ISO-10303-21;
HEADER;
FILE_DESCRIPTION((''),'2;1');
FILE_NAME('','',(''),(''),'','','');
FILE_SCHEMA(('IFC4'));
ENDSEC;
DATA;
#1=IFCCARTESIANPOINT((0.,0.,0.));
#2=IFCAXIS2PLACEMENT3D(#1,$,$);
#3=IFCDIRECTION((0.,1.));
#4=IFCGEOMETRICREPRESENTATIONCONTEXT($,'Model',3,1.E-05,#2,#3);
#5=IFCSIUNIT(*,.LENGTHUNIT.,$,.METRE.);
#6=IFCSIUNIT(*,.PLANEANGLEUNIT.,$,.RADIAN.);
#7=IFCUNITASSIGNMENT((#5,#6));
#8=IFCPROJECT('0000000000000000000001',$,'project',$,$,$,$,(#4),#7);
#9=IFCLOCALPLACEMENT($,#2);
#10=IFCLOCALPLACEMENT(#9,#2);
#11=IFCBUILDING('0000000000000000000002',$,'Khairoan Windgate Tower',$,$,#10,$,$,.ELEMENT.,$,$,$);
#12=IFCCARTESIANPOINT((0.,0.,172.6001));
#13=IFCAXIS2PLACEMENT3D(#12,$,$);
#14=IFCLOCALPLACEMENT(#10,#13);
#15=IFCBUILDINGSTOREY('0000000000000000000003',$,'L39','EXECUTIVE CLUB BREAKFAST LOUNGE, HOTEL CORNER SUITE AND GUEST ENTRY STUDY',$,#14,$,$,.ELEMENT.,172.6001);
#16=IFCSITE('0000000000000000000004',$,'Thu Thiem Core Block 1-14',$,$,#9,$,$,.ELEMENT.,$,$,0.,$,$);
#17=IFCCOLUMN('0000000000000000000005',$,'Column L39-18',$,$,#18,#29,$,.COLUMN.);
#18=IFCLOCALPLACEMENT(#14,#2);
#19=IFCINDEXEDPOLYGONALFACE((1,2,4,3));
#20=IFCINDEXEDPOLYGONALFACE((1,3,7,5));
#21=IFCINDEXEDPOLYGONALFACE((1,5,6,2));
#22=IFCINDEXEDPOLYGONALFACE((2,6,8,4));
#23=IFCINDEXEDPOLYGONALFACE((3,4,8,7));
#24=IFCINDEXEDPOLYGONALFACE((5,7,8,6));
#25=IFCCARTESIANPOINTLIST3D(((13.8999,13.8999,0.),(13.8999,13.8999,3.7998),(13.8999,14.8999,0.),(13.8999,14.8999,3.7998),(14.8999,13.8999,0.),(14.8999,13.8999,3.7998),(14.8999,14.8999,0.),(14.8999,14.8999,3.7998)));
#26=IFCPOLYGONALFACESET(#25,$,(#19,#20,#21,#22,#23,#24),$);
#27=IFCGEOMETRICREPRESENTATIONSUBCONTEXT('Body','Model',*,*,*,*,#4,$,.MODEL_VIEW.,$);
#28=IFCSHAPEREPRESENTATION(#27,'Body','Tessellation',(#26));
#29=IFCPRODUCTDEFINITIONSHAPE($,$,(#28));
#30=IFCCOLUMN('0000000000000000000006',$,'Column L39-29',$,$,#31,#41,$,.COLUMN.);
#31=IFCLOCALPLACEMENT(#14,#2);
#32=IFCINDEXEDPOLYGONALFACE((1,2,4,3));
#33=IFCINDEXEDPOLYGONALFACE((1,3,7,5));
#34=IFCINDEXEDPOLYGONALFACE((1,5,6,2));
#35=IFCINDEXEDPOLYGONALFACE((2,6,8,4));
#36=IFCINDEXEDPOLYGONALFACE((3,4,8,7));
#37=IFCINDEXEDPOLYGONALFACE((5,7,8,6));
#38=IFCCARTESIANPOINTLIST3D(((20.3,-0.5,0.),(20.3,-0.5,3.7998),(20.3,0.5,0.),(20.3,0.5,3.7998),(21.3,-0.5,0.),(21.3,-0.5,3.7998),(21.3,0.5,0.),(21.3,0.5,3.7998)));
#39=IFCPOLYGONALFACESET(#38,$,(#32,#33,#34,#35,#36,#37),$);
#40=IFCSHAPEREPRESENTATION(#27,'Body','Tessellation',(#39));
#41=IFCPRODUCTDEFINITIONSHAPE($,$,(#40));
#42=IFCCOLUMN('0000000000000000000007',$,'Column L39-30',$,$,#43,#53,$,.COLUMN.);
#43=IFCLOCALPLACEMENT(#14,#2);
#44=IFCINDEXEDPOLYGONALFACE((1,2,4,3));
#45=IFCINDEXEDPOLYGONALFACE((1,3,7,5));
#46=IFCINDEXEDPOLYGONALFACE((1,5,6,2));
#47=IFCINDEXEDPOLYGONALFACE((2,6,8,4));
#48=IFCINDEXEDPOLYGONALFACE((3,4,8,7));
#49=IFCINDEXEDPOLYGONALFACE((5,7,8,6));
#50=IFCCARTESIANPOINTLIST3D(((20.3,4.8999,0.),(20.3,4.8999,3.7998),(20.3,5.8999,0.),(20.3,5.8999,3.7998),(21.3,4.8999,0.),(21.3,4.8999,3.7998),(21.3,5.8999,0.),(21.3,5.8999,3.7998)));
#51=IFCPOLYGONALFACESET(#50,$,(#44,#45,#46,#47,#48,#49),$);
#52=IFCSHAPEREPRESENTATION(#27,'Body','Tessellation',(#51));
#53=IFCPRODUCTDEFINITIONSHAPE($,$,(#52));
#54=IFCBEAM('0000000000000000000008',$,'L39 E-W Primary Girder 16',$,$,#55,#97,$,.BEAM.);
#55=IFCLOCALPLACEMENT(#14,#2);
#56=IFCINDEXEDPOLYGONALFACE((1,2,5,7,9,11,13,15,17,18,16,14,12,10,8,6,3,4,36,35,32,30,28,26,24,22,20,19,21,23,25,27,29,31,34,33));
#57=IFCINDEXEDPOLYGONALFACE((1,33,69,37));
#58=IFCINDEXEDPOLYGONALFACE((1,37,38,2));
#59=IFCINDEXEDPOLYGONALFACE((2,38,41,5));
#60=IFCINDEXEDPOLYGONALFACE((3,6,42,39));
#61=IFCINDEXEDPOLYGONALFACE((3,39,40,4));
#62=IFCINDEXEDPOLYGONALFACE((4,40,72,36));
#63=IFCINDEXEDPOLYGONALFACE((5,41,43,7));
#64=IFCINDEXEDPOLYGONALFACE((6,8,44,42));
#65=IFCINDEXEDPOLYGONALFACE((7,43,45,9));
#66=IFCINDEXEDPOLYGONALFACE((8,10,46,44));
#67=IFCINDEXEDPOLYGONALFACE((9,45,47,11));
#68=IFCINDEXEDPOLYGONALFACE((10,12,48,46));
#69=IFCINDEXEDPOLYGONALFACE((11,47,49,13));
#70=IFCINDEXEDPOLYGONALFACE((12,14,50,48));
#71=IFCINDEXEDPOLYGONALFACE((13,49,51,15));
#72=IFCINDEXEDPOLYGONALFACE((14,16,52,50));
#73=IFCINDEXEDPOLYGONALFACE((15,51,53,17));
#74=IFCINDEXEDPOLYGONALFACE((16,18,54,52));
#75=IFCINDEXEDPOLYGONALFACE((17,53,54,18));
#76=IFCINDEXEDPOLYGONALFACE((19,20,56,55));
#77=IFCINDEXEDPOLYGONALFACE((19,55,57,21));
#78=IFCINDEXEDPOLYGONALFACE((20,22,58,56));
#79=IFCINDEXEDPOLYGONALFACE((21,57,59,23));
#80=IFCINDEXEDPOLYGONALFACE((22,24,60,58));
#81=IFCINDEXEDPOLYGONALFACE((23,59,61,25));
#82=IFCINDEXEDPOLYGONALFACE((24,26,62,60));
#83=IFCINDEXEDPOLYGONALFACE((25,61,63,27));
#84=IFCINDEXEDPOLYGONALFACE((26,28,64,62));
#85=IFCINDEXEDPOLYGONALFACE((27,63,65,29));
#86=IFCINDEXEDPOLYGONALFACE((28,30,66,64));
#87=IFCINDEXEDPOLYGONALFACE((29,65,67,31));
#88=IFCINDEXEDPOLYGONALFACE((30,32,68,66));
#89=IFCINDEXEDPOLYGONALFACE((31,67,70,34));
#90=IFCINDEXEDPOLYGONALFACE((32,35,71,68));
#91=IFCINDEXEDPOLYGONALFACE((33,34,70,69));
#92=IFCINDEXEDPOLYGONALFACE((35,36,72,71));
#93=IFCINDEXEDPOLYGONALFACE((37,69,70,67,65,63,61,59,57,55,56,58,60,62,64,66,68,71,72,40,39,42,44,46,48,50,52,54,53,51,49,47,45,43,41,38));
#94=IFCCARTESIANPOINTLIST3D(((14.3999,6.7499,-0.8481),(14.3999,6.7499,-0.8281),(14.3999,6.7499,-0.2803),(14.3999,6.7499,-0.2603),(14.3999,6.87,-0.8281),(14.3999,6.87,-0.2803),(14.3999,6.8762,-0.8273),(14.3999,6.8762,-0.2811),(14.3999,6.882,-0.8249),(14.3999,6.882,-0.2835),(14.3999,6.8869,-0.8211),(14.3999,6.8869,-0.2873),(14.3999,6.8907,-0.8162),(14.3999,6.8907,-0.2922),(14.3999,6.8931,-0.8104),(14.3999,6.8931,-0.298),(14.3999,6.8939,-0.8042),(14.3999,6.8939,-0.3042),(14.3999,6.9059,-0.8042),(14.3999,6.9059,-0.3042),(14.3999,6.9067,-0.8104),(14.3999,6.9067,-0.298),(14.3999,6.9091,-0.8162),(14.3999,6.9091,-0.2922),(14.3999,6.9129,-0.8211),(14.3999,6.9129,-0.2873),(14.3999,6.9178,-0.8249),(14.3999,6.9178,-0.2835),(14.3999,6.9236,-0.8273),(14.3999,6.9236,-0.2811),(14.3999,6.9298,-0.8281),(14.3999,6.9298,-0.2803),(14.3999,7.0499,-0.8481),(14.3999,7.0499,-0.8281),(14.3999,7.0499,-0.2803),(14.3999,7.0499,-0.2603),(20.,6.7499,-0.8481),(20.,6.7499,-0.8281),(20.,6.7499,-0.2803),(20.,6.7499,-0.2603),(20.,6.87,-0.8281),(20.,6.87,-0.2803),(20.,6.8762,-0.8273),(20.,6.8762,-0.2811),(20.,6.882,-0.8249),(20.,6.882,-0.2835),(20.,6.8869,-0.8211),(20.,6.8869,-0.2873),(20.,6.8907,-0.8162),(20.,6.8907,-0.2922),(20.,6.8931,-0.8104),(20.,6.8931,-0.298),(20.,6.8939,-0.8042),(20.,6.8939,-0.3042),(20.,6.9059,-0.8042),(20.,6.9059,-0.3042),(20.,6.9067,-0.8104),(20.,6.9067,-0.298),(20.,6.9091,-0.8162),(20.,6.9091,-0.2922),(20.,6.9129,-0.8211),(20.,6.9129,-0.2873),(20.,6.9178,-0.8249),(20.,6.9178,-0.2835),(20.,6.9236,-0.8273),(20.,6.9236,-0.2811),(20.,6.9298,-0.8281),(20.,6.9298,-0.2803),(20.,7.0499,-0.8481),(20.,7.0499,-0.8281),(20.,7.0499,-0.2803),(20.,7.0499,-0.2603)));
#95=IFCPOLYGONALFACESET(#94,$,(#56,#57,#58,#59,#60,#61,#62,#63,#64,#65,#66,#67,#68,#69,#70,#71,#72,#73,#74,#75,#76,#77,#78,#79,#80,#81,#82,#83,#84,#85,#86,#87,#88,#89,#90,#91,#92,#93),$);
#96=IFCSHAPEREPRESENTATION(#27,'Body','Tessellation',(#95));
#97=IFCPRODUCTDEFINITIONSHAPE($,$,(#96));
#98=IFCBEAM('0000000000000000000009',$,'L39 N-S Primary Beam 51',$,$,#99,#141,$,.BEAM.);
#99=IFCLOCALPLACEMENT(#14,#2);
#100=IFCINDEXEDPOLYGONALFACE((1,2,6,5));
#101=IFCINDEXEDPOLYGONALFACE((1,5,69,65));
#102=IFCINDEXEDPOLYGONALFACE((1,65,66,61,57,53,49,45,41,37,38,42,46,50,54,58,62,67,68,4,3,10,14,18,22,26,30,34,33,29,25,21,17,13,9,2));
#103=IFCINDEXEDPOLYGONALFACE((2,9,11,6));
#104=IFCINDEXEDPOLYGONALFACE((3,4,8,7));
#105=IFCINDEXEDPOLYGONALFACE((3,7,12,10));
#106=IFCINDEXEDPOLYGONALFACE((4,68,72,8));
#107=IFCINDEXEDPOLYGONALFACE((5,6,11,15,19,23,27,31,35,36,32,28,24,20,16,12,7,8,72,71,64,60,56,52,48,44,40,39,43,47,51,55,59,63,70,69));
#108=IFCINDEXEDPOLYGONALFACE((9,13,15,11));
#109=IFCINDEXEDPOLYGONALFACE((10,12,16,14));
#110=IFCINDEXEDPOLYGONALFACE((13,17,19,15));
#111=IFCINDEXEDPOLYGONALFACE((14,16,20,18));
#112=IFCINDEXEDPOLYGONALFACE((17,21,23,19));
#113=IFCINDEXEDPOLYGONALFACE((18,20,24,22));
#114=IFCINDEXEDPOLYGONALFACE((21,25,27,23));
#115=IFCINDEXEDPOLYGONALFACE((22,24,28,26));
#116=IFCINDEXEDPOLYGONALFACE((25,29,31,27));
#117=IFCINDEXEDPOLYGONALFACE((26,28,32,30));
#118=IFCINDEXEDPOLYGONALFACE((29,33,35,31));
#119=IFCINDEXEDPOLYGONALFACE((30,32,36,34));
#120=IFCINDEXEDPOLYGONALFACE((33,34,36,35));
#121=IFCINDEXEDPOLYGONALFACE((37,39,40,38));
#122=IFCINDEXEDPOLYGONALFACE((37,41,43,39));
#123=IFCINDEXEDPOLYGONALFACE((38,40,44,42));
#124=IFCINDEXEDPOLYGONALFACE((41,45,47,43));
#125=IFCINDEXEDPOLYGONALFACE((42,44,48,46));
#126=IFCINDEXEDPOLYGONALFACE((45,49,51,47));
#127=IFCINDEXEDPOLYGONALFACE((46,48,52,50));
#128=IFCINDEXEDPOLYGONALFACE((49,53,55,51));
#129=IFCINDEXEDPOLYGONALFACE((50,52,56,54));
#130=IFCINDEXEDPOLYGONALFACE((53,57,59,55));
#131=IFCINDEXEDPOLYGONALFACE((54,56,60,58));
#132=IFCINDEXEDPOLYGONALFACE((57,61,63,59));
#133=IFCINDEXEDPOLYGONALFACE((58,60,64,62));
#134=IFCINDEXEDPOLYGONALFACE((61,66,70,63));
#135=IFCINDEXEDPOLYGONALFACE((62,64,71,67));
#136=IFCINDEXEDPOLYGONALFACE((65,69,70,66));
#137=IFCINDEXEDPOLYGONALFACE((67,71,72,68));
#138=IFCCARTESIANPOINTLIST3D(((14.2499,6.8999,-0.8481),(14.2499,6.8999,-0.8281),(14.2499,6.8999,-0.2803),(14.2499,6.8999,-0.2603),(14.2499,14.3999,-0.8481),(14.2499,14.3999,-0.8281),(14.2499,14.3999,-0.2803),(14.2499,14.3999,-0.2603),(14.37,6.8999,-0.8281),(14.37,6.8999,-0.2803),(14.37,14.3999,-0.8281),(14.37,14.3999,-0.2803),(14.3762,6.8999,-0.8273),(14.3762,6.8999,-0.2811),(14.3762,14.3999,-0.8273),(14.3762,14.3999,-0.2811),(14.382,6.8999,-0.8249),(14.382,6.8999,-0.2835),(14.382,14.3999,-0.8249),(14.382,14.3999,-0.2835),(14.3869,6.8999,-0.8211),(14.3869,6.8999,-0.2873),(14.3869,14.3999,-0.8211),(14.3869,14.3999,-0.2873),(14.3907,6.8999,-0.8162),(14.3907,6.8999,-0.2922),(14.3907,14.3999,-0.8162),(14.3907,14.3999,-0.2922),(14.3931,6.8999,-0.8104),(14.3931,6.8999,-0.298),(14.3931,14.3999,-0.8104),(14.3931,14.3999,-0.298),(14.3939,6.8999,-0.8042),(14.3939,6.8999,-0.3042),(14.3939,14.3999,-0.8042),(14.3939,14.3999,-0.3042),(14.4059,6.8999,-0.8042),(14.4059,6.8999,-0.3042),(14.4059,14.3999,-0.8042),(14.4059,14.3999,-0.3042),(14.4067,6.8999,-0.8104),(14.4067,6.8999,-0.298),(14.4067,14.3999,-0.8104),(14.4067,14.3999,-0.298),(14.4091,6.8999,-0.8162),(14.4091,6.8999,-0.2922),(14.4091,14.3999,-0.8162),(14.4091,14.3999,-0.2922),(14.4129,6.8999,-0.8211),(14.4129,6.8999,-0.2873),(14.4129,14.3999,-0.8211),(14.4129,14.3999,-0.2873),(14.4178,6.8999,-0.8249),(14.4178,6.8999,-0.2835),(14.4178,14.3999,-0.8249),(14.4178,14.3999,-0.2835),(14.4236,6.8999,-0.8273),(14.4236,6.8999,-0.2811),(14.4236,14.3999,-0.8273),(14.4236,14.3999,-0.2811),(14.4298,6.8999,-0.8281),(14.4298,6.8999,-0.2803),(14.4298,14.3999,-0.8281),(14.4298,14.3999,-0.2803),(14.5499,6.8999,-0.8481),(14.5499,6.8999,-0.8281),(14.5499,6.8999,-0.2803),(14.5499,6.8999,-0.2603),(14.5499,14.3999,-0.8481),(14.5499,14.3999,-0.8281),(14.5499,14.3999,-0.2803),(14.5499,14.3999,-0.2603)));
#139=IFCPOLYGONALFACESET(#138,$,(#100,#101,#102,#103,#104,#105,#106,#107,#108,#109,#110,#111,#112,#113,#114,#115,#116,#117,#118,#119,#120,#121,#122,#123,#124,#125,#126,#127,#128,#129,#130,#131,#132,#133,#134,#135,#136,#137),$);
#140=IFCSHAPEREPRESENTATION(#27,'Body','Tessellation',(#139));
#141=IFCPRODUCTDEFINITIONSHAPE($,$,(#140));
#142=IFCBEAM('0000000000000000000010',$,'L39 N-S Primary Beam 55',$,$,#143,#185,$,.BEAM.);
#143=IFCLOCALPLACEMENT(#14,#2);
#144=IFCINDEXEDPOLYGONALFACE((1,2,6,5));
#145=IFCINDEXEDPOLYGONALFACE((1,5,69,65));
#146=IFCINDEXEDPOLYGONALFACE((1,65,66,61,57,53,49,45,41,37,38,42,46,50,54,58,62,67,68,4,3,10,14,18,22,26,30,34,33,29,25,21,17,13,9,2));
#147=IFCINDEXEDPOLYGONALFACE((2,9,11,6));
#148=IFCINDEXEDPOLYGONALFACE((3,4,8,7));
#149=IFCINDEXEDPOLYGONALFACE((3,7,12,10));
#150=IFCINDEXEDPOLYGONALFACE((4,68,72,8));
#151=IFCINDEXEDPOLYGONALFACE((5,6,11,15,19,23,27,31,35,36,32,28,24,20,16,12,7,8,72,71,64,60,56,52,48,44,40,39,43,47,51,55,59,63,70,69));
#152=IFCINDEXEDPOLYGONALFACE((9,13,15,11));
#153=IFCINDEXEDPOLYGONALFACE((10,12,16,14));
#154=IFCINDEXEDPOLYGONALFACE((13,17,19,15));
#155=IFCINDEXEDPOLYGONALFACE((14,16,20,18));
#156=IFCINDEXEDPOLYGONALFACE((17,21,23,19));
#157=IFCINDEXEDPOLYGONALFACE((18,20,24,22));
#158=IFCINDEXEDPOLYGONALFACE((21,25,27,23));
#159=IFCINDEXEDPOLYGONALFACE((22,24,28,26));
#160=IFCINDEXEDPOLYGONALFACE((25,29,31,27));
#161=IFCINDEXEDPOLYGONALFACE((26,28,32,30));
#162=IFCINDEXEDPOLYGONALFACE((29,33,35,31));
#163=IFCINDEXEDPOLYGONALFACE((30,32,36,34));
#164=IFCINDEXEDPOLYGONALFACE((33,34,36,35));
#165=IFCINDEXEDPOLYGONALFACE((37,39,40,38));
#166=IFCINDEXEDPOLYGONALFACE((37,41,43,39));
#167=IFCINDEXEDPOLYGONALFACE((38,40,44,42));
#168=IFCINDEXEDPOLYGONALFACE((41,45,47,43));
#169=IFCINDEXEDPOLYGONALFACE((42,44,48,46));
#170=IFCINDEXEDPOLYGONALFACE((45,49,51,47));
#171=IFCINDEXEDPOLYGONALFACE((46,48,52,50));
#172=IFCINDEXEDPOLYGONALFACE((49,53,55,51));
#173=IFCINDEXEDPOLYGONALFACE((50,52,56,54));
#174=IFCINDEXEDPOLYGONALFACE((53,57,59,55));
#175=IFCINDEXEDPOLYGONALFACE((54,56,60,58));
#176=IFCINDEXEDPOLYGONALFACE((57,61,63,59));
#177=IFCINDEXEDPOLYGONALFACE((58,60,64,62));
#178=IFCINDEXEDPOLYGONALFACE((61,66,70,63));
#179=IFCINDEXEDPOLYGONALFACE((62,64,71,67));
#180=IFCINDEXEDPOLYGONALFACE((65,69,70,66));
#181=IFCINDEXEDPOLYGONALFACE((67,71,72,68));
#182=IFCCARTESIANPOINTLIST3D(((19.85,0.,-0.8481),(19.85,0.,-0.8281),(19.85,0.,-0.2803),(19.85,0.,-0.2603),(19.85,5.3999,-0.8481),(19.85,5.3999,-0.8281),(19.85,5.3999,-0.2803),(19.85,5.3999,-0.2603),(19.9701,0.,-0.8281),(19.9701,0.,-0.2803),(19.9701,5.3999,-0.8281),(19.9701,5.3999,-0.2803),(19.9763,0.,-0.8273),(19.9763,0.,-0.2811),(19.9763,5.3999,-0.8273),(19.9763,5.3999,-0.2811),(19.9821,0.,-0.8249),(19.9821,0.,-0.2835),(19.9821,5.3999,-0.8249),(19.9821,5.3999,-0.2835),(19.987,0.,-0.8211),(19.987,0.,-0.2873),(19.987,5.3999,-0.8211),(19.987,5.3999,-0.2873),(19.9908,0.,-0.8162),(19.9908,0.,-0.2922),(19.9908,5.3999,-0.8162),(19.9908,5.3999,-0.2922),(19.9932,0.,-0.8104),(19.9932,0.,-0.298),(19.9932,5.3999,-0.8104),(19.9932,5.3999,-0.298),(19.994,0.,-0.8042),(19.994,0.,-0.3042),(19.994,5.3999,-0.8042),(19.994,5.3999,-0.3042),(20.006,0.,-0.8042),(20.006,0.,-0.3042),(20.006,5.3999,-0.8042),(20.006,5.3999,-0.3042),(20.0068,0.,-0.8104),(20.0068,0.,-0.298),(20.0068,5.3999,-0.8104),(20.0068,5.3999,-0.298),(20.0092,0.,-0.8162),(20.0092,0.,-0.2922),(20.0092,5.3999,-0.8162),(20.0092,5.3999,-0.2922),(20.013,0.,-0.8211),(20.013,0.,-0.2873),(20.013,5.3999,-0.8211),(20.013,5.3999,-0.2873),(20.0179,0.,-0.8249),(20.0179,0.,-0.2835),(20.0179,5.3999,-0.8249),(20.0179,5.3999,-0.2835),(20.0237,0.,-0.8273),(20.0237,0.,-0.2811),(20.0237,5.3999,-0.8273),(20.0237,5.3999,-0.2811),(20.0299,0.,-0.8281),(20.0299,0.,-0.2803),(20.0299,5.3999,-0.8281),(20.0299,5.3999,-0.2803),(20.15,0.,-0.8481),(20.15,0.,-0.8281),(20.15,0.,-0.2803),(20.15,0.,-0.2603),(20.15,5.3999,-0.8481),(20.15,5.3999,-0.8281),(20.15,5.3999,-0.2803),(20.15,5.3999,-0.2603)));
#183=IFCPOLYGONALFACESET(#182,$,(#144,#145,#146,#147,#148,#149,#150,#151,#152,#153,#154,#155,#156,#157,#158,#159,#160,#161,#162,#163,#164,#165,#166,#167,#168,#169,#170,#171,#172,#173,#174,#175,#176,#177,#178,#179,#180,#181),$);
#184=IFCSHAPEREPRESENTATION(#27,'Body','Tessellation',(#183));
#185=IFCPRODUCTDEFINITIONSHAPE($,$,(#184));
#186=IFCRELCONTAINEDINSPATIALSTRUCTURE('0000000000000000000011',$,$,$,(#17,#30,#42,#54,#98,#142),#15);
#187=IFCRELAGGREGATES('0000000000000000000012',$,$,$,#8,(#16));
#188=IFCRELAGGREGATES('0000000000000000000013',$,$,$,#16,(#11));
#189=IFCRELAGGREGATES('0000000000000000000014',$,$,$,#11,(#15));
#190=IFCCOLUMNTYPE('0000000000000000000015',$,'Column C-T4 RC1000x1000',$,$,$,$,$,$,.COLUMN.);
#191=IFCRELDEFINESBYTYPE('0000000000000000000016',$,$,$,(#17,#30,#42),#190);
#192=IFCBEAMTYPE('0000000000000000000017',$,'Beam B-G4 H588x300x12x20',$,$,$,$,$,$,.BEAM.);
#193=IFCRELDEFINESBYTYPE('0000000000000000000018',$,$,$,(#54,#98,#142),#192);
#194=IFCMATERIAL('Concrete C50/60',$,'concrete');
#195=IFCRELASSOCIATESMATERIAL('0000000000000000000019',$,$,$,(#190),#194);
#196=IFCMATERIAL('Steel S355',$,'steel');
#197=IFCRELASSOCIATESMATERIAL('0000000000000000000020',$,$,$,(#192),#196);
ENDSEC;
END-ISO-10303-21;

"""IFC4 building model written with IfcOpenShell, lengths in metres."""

from ifc_helpers import new_model, si_unit, direction, frame, origin, origin_2d, place, context, subcontext, project, spatial, rectangle, i_section, extrude, material, material_profile, profile_set, type_object, element, save


model = new_model("IFC4")

# Units and contexts
model_context = context("Model", 3, precision=1e-05, world=origin(), true_north=direction((0.0, 1.0)))
body_context = subcontext(model_context, "Body", "Model", "MODEL_VIEW")
ifc_project = project(units=[si_unit("LENGTHUNIT", "METRE"), si_unit("PLANEANGLEUNIT", "RADIAN")], contexts=[model_context])

# Site, building, storey
site_placement = place(None, origin())
site = spatial("IfcSite", under=ifc_project, at=site_placement, Name="Thu Thiem Core Block 1-14", CompositionType="ELEMENT", RefElevation=0.0)
building_placement = place(site_placement, origin())
building = spatial("IfcBuilding", under=site, at=building_placement, Name="Khairoan Windgate Tower", CompositionType="ELEMENT")
storey_placement = place(building_placement, frame((0.0, 0.0, 172.6001)))
storey = spatial("IfcBuildingStorey", under=building, at=storey_placement, Name="L39", Description="EXECUTIVE CLUB BREAKFAST LOUNGE, HOTEL CORNER SUITE AND GUEST ENTRY STUDY", CompositionType="ELEMENT", Elevation=172.6001)

# Columns
ifc_material_1 = material(Name="Concrete C50/60", Category="concrete")
ifc_material_profile_1 = material_profile(ifc_material_1, rectangle(XDim=1.0, YDim=1.0, at=origin_2d()))
ifc_profile_set_1 = profile_set([ifc_material_profile_1], Name="Concrete C50/60")
column_type = type_object("IfcColumnType", Name="Column C-T4 RC1000x1000", PredefinedType="COLUMN", material=ifc_profile_set_1)
for number, where, z_axis, x_axis, name in (
    (1, (14.3999, 14.3999, 0.0), (0.0, 0.0, 1.0), (1.0, 0.0, 0.0), "Column L39-18"),
    (2, (20.8, 0.0, 0.0), (0.0, 0.0, 1.0), (1.0, 0.0, 0.0), "Column L39-29"),
    (3, (20.8, 5.3999, 0.0), (0.0, 0.0, 1.0), (1.0, 0.0, 0.0), "Column L39-30"),
):
    element("IfcColumn", number, at=place(storey_placement, frame(where, z_axis=z_axis, x_axis=x_axis)), inside=storey, type_object=column_type, Name=name, PredefinedType="COLUMN", context=body_context, shape_type="SweptSolid", body=[
        extrude(rectangle(XDim=1.0, YDim=1.0, at=origin_2d()), origin(), (0.0, 0.0, 1.0), 3.7998),
    ])

# Beams
ifc_material_2 = material(Name="Steel S355", Category="steel")
ifc_material_profile_2 = material_profile(ifc_material_2, i_section(OverallWidth=0.3, OverallDepth=0.5879, WebThickness=0.012, FlangeThickness=0.02, FilletRadius=0.0239, at=origin_2d()))
ifc_profile_set_2 = profile_set([ifc_material_profile_2], Name="Steel S355")
beam_type_1 = type_object("IfcBeamType", Name="Beam B-G4 H588x300x12x20", PredefinedType="BEAM", material=ifc_profile_set_2)
beam_1_placement = place(storey_placement, frame((14.3999, 6.8999, -0.5542), z_axis=(1.0, 0.0, 0.0), x_axis=(0.0, 1.0, 0.0)))
element("IfcBeam", 4, at=beam_1_placement, inside=storey, type_object=beam_type_1, Name="L39 E-W Primary Girder 16", PredefinedType="BEAM", context=body_context, shape_type="SweptSolid", body=[
    extrude(i_section(OverallWidth=0.3, OverallDepth=0.5879, WebThickness=0.012, FlangeThickness=0.02, FilletRadius=0.0239, at=origin_2d()), origin(), (0.0, 0.0, 1.0), 5.6001),
])
beam_2_placement = place(storey_placement, frame((14.3999, 6.8999, -0.5542), z_axis=(0.0, 1.0, 0.0), x_axis=(-1.0, 0.0, 0.0)))
element("IfcBeam", 5, at=beam_2_placement, inside=storey, type_object=beam_type_1, Name="L39 N-S Primary Beam 51", PredefinedType="BEAM", context=body_context, shape_type="SweptSolid", body=[
    extrude(i_section(OverallWidth=0.3, OverallDepth=0.5879, WebThickness=0.012, FlangeThickness=0.02, FilletRadius=0.0239, at=origin_2d()), origin(), (0.0, 0.0, 1.0), 7.5),
])
beam_3_placement = place(storey_placement, frame((20.0, 0.0, -0.5542), z_axis=(0.0, 1.0, 0.0), x_axis=(-1.0, 0.0, 0.0)))
element("IfcBeam", 6, at=beam_3_placement, inside=storey, type_object=beam_type_1, Name="L39 N-S Primary Beam 55", PredefinedType="BEAM", context=body_context, shape_type="SweptSolid", body=[
    extrude(i_section(OverallWidth=0.3, OverallDepth=0.5879, WebThickness=0.012, FlangeThickness=0.02, FilletRadius=0.0239, at=origin_2d()), origin(), (0.0, 0.0, 1.0), 5.3999),
])

save(model, "model.ifc")
